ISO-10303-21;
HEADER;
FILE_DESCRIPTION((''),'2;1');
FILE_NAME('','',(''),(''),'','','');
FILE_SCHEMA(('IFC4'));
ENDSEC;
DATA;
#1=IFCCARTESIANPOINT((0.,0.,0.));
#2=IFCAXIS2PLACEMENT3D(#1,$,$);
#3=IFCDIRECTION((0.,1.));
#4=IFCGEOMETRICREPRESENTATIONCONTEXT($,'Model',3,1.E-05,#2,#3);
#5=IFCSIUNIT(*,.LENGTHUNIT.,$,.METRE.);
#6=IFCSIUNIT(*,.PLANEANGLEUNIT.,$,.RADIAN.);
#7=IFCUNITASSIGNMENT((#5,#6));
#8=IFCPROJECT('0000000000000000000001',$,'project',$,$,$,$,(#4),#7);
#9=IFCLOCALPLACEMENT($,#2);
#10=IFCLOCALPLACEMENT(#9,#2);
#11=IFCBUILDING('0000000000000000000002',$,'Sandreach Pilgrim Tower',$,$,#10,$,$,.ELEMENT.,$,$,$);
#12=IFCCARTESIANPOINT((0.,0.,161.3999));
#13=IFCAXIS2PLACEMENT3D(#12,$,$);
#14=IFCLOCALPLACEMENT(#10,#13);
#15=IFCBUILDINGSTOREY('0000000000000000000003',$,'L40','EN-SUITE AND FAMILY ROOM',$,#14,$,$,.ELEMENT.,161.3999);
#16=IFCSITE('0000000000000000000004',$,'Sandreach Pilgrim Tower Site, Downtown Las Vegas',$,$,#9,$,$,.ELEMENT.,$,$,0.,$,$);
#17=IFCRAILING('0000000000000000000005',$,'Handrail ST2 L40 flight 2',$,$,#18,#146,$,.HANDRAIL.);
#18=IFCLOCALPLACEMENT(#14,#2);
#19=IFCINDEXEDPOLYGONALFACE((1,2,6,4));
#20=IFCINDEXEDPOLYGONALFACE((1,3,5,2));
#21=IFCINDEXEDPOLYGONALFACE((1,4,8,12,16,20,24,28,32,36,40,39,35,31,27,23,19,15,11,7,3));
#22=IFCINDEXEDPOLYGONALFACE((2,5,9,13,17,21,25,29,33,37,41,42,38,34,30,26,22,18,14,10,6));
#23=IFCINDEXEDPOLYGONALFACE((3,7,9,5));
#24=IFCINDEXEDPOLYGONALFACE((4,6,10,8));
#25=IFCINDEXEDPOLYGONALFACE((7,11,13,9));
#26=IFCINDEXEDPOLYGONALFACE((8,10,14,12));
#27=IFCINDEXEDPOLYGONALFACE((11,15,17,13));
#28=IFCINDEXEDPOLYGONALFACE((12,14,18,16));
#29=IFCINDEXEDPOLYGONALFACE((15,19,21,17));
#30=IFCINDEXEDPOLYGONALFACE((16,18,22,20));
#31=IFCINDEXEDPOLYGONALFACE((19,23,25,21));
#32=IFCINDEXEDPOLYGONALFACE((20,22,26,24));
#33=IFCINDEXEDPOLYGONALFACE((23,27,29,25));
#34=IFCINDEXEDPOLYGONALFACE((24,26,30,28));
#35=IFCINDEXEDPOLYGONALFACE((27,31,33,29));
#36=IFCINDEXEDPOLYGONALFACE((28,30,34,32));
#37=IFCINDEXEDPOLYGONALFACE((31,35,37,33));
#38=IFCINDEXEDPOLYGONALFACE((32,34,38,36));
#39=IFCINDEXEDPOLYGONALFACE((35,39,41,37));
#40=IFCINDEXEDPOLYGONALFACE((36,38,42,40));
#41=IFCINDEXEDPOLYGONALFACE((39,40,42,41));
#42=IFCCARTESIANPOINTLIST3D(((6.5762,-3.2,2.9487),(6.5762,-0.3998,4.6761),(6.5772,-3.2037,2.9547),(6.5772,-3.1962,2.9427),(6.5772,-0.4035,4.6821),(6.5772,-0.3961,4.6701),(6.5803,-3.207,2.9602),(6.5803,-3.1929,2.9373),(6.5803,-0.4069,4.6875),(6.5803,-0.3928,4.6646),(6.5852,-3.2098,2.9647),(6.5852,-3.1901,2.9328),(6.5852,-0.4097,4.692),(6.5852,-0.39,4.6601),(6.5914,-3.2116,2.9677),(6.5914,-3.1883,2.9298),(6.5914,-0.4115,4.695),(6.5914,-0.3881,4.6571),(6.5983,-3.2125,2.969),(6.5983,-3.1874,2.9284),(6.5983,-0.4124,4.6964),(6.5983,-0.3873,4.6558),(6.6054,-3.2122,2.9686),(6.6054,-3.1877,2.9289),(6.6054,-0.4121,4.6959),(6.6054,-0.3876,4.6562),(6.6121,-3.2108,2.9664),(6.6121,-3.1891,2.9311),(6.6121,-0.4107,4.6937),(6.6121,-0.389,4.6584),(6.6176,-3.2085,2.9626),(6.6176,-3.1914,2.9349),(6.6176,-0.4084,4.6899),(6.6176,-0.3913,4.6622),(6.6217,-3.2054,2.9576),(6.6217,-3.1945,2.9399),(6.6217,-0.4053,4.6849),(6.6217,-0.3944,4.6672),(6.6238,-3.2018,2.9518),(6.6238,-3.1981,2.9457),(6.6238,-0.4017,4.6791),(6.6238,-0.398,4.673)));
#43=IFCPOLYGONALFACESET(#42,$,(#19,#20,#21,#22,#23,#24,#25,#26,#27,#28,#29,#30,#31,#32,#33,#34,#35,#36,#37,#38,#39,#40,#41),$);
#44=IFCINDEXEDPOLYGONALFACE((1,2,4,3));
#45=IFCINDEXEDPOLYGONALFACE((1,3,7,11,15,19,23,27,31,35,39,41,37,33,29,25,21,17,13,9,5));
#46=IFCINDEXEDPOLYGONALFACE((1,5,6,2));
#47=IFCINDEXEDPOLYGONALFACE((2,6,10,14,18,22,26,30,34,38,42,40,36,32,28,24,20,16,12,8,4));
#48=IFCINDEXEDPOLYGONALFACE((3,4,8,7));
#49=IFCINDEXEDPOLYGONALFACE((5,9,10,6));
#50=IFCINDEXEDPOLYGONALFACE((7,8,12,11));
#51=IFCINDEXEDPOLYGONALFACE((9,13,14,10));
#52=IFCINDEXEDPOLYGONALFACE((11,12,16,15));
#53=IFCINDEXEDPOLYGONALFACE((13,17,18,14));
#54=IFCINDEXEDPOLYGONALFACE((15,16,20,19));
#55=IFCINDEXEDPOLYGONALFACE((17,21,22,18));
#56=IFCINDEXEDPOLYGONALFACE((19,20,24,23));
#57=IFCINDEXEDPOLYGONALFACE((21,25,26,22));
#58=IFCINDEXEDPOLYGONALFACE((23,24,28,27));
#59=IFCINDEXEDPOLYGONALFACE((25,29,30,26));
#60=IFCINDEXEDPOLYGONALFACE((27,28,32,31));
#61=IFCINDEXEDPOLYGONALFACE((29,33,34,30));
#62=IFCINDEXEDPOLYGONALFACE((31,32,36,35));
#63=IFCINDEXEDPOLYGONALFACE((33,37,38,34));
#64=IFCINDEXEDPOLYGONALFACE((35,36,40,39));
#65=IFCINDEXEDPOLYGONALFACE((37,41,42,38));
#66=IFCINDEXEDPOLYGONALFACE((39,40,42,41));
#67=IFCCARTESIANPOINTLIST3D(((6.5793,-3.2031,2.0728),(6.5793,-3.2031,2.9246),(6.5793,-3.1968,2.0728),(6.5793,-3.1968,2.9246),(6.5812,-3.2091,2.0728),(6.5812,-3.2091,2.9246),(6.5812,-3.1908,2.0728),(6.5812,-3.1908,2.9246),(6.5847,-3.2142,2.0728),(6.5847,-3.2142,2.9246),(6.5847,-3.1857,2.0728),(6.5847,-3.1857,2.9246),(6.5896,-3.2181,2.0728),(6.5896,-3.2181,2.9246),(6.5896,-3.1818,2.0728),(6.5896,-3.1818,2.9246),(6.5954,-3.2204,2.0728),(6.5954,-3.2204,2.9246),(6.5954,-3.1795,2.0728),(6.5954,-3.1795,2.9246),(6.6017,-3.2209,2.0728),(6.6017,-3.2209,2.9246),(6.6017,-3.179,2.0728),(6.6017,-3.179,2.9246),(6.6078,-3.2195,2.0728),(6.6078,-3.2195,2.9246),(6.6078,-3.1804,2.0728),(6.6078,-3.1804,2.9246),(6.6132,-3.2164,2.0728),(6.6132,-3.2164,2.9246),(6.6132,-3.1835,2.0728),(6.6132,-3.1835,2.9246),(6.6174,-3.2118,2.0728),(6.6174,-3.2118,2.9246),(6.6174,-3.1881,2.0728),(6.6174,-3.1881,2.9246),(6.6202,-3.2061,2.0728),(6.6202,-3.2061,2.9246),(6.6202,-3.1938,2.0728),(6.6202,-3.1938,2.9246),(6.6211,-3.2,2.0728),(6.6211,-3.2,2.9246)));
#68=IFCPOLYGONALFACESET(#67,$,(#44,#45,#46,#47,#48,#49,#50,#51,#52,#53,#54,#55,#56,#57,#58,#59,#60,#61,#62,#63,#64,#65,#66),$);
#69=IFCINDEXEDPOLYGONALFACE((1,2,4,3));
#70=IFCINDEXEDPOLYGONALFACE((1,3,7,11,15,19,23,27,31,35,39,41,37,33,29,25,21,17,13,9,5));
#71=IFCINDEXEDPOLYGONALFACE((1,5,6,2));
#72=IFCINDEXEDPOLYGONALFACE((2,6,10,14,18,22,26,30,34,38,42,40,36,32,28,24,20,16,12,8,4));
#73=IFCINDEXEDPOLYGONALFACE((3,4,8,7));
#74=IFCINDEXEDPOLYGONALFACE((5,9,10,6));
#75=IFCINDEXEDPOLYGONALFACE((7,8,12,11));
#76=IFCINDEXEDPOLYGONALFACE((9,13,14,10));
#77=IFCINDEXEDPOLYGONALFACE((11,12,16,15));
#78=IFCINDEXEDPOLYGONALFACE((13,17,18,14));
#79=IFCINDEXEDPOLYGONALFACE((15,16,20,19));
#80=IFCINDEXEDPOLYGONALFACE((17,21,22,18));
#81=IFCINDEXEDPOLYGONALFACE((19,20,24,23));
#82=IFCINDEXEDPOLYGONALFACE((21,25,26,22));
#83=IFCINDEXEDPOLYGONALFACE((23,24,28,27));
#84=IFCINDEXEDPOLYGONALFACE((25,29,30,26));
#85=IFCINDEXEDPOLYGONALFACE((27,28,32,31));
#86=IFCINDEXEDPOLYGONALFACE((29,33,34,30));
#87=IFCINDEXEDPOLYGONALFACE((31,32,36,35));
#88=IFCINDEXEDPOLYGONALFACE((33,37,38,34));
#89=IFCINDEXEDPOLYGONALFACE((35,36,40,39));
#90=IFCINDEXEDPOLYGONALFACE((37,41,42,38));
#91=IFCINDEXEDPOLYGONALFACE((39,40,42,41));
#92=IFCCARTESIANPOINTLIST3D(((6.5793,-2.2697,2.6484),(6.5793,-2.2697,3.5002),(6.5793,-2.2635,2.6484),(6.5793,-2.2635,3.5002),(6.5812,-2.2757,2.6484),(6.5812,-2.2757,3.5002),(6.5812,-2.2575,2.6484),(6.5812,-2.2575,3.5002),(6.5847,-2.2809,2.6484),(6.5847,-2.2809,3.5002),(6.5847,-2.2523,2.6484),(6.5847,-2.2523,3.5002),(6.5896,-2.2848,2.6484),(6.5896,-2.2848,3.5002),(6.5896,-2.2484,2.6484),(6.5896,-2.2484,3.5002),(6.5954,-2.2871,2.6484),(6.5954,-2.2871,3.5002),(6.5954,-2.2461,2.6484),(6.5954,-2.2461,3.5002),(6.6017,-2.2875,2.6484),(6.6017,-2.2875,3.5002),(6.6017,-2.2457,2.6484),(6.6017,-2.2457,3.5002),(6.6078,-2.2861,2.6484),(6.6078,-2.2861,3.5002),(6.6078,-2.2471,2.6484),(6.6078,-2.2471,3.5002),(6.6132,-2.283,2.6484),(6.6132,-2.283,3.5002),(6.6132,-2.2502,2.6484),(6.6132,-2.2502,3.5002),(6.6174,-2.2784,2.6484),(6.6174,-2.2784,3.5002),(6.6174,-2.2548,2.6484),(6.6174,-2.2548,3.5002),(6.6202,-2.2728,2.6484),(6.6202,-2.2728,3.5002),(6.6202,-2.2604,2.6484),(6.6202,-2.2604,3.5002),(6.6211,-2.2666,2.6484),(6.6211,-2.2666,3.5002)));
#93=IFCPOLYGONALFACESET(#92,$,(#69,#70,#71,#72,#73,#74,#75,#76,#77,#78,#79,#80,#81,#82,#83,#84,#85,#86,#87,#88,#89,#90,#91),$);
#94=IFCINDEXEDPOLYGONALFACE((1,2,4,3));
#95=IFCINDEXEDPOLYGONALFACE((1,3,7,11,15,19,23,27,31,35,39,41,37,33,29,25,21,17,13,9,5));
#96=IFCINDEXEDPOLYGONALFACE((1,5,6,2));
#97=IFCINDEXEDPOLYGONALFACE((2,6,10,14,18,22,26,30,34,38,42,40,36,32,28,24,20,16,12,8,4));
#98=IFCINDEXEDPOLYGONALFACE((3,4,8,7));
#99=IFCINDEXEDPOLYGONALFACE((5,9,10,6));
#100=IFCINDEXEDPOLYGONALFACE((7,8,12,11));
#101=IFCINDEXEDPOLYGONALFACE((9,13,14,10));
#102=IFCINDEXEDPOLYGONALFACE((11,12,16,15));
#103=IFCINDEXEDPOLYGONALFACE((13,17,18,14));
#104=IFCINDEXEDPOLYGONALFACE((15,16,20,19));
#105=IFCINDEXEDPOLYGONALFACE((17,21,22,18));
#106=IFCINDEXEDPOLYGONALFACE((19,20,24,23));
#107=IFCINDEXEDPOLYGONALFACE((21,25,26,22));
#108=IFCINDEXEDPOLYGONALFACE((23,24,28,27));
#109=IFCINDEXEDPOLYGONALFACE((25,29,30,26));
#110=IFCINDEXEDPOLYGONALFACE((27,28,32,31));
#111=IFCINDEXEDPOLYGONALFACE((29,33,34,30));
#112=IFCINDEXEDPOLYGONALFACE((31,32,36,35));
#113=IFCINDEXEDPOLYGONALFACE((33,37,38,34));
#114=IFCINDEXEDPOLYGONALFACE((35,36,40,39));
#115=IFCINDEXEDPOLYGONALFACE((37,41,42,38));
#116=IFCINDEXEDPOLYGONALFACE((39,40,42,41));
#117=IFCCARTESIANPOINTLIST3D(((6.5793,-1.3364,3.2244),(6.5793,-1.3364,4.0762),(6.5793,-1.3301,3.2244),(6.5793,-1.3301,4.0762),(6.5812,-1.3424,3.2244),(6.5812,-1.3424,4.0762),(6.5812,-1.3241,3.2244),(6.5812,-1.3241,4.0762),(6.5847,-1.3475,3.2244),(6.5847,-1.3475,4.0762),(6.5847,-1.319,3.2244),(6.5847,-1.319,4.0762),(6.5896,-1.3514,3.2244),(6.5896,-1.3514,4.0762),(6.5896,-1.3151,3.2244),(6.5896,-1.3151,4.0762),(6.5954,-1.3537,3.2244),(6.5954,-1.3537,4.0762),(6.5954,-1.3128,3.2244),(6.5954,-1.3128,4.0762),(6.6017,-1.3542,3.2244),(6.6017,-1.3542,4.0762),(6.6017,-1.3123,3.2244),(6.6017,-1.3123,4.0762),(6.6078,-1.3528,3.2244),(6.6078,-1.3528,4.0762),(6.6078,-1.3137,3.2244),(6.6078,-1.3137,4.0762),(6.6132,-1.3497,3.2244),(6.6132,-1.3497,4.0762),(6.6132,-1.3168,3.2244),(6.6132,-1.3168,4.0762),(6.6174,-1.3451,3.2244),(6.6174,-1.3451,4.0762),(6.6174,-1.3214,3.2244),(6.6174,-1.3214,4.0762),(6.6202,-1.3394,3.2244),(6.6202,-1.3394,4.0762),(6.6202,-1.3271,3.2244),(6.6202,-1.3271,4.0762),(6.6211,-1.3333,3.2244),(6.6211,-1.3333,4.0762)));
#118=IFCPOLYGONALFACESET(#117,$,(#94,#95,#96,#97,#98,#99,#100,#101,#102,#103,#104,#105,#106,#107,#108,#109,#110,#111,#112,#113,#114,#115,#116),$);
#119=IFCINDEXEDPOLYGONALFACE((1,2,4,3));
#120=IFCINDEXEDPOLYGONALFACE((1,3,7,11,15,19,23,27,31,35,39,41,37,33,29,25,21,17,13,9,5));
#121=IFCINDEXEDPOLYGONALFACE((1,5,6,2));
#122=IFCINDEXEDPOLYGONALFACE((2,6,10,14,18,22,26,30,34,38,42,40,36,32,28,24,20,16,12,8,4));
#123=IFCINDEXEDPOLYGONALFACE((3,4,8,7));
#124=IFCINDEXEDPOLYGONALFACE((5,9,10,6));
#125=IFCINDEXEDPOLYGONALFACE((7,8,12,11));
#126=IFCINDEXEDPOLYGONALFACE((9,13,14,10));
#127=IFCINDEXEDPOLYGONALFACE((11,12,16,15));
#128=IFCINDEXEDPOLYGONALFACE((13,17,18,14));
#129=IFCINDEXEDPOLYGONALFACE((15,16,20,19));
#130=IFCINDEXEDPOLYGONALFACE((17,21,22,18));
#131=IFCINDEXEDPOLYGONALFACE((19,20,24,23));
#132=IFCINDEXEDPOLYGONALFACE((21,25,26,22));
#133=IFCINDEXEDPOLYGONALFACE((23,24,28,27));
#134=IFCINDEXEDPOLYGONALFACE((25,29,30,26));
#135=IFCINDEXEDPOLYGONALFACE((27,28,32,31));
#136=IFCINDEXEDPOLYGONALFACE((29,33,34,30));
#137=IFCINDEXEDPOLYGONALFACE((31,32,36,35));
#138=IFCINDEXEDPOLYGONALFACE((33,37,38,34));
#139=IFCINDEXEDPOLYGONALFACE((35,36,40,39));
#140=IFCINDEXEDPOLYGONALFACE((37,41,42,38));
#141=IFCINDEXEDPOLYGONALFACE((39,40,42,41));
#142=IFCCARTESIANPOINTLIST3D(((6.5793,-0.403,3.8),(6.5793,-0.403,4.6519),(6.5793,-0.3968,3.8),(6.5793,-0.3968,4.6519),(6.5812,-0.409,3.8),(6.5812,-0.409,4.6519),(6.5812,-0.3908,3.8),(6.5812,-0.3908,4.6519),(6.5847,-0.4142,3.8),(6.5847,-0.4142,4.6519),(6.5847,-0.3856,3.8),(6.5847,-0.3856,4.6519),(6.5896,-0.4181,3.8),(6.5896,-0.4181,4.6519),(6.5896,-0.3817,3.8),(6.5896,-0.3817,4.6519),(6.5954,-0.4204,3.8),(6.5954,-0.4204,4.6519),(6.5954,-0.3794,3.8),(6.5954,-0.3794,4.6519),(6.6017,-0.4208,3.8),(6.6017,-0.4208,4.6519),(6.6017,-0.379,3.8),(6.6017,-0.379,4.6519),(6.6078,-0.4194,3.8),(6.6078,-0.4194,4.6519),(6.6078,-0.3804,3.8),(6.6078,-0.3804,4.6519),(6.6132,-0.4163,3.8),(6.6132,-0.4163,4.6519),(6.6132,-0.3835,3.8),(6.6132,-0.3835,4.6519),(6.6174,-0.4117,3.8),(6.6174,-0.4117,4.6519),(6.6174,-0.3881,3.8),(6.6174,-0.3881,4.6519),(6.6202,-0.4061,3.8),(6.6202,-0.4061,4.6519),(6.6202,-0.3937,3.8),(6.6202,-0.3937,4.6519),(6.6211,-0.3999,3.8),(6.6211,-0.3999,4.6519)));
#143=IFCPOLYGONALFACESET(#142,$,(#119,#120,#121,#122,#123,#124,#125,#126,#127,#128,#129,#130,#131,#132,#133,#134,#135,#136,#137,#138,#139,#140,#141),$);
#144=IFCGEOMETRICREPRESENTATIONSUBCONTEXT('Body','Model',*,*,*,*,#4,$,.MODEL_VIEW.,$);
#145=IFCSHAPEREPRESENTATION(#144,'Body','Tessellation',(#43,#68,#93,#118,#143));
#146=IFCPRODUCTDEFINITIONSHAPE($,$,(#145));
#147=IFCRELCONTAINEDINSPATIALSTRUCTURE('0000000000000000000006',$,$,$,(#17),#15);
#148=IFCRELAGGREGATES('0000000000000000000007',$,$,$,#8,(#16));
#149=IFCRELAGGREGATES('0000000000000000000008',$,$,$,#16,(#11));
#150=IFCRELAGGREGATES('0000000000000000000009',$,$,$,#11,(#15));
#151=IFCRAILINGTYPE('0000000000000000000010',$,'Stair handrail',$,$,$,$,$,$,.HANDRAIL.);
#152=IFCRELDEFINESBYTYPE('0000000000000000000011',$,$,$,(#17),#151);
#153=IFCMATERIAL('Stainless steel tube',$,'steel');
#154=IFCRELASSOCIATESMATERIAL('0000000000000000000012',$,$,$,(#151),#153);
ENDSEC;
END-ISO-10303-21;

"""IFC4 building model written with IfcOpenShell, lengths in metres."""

from ifc_helpers import new_model, si_unit, direction, frame, origin, origin_2d, place, context, subcontext, project, spatial, circle, extrude, material, type_object, element, save


model = new_model("IFC4")

# Units and contexts
model_context = context("Model", 3, precision=1e-05, world=origin(), true_north=direction((0.0, 1.0)))
body_context = subcontext(model_context, "Body", "Model", "MODEL_VIEW")
ifc_project = project(units=[si_unit("LENGTHUNIT", "METRE"), si_unit("PLANEANGLEUNIT", "RADIAN")], contexts=[model_context])

# Site, building, storey
site_placement = place(None, origin())
site = spatial("IfcSite", under=ifc_project, at=site_placement, Name="Sandreach Pilgrim Tower Site, Downtown Las Vegas", CompositionType="ELEMENT", RefElevation=0.0)
building_placement = place(site_placement, origin())
building = spatial("IfcBuilding", under=site, at=building_placement, Name="Sandreach Pilgrim Tower", CompositionType="ELEMENT")
storey_placement = place(building_placement, frame((0.0, 0.0, 161.3999)))
storey = spatial("IfcBuildingStorey", under=building, at=storey_placement, Name="L40", Description="EN-SUITE AND FAMILY ROOM", CompositionType="ELEMENT", Elevation=161.3999)

# Railing
ifc_material_1 = material(Name="Stainless steel tube", Category="steel")
railing_type = type_object("IfcRailingType", Name="Stair handrail", PredefinedType="HANDRAIL", material=ifc_material_1)
for number, where, name in (
    (1, (6.6001, -3.2, 2.0728), "Handrail ST2 L40 flight 2"),
):
    element("IfcRailing", number, at=place(storey_placement, frame(where)), inside=storey, type_object=railing_type, Name=name, PredefinedType="HANDRAIL", context=body_context, shape_type="SweptSolid", body=[
        extrude(circle(Radius=0.0239, at=origin_2d()), frame((0.0, 0.0, 0.876), z_axis=(0.0, 0.85109, 0.52502), x_axis=(-1.0, 0.0, 0.0)), (0.0, 0.0, 1.0), 3.29),
        extrude(circle(Radius=0.021, at=origin_2d()), origin(), (0.0, 0.0, 1.0), 0.8518),
        extrude(circle(Radius=0.021, at=origin_2d()), frame((0.0, 0.9333, 0.5757)), (0.0, 0.0, 1.0), 0.8518),
        extrude(circle(Radius=0.021, at=origin_2d()), frame((0.0, 1.8667, 1.1516)), (0.0, 0.0, 1.0), 0.8518),
        extrude(circle(Radius=0.021, at=origin_2d()), frame((0.0, 2.8, 1.7273)), (0.0, 0.0, 1.0), 0.8518),
    ])

save(model, "model.ifc")
